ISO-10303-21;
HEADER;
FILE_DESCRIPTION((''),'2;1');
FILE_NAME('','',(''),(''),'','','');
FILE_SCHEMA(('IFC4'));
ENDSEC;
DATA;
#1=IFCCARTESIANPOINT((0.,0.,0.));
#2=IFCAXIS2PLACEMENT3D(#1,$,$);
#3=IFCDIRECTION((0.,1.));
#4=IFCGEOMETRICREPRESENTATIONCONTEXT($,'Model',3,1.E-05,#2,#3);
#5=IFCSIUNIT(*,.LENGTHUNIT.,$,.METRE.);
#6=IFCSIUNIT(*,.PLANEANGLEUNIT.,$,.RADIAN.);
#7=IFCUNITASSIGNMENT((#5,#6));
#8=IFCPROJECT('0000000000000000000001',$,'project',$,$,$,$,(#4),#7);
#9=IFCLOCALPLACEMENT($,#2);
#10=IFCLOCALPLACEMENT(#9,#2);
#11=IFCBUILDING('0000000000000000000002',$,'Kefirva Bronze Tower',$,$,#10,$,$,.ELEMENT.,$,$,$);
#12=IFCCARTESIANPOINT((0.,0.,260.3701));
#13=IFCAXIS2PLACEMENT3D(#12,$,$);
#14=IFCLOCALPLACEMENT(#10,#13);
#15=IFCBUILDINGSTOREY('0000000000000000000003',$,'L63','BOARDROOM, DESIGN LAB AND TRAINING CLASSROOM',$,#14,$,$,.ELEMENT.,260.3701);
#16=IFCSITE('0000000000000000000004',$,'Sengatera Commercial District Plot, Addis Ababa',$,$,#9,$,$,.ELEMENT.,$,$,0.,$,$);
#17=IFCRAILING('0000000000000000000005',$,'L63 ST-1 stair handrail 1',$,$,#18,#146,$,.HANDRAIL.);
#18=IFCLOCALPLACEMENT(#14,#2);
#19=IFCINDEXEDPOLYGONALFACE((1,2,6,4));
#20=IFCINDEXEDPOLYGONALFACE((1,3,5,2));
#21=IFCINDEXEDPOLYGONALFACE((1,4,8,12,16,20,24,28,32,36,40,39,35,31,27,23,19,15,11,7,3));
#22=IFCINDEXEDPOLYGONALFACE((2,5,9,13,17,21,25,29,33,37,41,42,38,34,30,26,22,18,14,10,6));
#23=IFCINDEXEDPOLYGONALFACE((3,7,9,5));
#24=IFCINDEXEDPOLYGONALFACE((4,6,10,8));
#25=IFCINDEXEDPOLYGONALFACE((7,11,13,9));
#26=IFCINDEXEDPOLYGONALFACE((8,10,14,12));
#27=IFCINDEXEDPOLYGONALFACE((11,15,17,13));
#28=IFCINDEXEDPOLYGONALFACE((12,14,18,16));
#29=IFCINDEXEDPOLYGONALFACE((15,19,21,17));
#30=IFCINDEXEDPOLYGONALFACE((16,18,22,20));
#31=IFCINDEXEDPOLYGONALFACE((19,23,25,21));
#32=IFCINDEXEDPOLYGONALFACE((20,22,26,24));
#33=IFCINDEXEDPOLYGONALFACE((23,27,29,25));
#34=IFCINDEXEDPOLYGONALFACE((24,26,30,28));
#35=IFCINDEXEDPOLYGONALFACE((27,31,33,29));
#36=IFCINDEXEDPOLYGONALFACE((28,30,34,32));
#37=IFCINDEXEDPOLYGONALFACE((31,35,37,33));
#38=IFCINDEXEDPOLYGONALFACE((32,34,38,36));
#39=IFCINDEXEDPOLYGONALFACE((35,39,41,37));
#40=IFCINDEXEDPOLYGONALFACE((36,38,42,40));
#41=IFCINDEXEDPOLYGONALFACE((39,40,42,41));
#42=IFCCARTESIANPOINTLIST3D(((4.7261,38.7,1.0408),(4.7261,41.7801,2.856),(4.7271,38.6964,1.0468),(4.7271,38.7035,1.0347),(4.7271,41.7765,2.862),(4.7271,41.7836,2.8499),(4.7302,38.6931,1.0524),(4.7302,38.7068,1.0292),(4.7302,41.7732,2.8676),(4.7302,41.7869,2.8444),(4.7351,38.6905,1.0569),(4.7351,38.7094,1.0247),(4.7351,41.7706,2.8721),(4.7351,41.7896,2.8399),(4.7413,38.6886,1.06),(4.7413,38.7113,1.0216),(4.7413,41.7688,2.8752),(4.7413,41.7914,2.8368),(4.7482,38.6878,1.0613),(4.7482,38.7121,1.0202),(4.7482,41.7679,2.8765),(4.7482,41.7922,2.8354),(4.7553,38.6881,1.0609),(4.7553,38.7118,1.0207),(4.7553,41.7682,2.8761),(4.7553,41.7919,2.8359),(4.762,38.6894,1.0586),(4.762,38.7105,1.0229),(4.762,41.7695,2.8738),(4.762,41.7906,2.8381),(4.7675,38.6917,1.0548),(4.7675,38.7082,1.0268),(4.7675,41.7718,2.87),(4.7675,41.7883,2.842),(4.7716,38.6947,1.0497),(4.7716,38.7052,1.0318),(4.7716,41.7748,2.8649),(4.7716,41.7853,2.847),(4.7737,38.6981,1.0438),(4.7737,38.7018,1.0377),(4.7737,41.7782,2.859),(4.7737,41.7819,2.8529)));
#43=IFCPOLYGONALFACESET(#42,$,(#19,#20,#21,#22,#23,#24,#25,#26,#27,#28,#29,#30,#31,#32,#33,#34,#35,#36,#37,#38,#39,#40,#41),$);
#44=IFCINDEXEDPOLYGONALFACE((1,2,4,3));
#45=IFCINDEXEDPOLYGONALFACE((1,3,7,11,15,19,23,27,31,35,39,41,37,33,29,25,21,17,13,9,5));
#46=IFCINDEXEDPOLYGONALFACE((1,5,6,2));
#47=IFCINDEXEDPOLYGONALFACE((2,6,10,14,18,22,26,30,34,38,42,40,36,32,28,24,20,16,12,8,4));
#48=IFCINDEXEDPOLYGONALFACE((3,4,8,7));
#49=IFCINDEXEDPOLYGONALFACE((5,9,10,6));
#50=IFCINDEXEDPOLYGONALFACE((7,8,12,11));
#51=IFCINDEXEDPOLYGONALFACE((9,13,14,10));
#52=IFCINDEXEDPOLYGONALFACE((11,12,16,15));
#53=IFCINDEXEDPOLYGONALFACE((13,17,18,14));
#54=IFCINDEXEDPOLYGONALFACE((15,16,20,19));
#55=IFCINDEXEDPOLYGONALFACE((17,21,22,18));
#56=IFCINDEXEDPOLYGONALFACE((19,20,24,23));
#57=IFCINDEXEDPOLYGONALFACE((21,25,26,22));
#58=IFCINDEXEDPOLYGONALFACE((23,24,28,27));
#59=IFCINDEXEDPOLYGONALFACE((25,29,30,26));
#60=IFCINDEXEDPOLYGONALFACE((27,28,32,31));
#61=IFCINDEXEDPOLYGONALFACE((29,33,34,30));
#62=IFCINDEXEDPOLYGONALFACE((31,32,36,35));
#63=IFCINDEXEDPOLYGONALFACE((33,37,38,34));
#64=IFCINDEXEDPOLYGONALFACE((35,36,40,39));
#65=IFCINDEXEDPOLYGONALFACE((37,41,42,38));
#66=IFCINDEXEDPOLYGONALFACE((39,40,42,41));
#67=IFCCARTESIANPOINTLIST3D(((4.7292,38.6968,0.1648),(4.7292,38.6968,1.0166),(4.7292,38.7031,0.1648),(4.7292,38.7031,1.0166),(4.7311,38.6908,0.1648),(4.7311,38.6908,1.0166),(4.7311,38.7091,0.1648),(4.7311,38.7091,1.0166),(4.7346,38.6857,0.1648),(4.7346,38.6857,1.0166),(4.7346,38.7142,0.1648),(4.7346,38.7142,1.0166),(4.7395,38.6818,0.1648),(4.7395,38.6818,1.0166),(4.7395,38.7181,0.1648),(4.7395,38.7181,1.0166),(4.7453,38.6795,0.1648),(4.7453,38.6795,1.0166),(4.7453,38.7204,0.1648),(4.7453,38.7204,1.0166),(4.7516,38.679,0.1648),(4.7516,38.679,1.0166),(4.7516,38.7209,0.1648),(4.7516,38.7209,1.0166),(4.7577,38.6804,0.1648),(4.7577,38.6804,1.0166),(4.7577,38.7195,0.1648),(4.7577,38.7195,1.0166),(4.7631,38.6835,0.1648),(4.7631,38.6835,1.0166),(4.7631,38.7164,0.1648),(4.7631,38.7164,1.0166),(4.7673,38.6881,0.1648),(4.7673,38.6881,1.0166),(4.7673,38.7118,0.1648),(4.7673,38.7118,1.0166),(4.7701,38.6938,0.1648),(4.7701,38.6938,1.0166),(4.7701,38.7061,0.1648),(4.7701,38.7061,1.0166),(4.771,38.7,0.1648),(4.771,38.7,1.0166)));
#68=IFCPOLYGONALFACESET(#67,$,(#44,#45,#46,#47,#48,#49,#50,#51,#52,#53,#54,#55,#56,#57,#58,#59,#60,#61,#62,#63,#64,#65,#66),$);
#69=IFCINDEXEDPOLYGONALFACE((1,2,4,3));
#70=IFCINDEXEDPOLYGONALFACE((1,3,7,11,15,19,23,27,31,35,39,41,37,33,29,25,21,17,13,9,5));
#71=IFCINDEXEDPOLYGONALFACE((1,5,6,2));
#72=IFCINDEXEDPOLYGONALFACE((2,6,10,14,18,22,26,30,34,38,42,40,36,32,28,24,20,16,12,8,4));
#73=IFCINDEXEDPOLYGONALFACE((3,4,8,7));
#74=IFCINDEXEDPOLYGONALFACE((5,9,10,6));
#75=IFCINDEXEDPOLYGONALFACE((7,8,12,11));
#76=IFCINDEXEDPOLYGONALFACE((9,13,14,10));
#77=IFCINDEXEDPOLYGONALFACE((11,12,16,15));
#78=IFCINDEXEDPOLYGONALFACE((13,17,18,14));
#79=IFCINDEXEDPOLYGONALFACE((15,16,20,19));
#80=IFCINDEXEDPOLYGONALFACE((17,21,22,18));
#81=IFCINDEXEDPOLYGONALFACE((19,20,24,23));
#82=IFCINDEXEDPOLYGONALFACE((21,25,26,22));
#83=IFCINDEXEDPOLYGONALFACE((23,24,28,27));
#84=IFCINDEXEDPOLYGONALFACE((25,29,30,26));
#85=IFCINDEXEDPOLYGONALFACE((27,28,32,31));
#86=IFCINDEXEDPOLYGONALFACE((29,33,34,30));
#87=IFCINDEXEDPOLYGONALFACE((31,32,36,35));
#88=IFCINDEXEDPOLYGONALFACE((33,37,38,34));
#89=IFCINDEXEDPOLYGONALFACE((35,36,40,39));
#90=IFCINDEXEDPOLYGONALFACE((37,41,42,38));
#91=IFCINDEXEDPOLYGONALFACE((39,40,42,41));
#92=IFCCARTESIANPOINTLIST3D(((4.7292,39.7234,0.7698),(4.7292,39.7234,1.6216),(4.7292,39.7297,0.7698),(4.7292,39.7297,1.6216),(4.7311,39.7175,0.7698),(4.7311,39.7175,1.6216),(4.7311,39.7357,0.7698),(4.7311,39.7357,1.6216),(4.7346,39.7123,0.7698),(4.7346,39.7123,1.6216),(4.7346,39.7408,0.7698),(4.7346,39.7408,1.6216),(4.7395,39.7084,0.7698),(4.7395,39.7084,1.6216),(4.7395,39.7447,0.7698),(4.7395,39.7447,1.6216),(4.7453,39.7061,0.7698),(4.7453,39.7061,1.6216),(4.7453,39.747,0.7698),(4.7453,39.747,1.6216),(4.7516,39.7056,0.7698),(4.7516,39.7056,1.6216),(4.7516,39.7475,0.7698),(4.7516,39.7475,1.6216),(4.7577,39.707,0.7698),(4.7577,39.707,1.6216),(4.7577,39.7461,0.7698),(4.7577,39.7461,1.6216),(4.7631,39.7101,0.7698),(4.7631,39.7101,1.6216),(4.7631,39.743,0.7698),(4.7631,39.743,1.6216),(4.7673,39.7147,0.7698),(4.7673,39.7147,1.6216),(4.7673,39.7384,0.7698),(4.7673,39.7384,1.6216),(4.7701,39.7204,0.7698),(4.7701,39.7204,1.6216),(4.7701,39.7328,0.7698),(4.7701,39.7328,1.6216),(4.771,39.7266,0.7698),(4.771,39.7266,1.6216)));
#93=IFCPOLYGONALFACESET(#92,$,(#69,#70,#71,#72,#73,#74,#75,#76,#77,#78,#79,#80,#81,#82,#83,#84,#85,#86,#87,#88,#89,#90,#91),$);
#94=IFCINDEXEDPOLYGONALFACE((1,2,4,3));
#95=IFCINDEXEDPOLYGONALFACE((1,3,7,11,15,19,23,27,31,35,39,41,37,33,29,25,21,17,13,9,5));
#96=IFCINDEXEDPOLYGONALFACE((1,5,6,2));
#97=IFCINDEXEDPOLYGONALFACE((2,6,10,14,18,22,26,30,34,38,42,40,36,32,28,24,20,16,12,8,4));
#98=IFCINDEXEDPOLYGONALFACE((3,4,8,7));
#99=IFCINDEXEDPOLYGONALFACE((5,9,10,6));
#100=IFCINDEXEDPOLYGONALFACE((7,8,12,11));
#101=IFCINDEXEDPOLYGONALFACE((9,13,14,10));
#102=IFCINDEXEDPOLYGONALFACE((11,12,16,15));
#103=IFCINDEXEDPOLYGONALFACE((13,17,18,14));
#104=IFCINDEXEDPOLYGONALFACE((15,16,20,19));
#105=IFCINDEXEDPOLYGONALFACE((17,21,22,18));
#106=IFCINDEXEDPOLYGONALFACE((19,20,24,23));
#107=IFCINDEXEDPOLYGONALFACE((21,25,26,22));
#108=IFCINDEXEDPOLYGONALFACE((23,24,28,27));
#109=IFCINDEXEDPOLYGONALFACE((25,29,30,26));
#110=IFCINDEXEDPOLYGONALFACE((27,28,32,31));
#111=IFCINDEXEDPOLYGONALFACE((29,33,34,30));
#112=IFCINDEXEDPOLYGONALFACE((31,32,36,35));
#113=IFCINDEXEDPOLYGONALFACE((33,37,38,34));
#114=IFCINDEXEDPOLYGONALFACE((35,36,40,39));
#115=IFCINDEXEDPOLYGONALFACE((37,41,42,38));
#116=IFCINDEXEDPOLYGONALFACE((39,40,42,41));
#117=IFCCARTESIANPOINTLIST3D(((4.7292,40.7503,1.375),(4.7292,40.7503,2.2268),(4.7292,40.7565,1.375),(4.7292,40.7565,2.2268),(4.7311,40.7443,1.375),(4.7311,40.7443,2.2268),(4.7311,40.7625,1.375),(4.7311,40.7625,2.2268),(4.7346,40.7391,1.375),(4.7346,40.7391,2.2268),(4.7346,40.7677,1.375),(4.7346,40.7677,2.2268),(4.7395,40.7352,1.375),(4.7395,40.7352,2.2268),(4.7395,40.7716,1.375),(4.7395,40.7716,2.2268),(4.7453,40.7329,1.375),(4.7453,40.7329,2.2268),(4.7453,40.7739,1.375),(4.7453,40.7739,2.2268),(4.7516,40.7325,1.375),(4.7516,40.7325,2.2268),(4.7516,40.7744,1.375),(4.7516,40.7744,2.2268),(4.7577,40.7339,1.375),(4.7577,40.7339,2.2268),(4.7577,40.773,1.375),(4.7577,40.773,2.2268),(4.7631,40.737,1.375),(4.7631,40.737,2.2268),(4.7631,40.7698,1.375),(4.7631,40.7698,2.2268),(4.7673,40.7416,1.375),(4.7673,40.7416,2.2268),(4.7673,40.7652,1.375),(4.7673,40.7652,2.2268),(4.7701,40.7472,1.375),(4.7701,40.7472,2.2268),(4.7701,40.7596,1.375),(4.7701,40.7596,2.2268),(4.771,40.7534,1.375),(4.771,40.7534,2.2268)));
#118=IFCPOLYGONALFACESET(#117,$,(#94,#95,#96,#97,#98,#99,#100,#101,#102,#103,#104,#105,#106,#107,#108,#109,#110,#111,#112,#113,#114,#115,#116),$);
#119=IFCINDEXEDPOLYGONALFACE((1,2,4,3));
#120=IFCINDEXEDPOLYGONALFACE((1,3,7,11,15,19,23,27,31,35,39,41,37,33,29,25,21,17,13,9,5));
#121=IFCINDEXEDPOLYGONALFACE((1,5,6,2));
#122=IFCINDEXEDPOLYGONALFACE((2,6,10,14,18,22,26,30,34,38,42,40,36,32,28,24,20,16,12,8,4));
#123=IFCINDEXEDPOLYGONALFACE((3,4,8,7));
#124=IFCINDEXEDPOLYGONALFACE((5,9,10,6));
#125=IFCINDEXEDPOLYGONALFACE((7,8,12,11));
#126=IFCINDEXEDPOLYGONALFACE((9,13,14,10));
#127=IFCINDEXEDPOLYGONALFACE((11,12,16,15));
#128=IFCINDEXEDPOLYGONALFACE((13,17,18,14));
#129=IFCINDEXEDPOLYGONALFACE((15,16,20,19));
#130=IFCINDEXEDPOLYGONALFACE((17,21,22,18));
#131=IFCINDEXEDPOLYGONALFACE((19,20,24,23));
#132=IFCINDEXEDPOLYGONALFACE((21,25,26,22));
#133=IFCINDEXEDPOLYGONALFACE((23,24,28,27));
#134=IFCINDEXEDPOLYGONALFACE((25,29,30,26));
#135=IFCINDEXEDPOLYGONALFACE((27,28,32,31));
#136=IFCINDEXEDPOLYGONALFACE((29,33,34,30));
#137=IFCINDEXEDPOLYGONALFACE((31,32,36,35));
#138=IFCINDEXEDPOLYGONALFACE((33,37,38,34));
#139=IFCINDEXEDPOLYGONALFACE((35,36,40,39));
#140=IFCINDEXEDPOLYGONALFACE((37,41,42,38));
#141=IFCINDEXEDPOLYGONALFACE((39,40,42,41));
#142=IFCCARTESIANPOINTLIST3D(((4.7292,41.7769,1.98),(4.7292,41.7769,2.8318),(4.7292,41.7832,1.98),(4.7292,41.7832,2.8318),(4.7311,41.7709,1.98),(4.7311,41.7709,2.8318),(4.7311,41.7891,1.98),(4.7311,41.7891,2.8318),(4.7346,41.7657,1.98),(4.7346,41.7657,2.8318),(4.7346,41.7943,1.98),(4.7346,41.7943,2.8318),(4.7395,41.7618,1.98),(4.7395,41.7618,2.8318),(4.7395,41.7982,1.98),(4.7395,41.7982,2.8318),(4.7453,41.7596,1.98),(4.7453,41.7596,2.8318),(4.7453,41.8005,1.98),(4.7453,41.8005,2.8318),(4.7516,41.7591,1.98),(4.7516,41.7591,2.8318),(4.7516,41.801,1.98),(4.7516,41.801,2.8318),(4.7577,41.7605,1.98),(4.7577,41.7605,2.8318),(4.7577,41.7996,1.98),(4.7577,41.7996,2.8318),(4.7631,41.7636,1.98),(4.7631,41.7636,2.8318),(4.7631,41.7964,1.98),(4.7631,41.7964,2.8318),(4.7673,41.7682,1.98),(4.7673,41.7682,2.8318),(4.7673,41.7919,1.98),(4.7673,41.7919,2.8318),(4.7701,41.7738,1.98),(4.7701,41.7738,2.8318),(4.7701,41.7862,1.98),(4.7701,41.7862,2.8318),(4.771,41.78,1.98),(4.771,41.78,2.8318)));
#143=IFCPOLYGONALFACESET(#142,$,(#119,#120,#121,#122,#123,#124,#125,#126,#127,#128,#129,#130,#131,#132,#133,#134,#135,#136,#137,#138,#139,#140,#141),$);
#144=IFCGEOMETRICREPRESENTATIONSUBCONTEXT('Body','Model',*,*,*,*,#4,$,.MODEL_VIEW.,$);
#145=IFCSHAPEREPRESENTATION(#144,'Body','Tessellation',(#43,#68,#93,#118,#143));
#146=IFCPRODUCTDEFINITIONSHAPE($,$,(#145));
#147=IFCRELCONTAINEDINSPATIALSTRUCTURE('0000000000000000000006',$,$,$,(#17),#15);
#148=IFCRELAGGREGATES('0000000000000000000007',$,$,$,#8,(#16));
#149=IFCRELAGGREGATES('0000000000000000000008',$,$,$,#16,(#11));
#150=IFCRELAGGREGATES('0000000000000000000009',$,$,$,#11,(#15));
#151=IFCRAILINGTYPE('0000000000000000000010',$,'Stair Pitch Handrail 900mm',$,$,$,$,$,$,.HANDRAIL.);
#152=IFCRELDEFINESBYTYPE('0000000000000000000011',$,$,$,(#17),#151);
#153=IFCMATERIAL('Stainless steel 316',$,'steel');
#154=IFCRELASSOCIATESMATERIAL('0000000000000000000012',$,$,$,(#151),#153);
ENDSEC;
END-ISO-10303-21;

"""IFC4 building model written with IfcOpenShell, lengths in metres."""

from ifc_helpers import new_model, si_unit, direction, frame, origin, origin_2d, place, context, subcontext, project, spatial, circle, extrude, material, type_object, element, save


model = new_model("IFC4")

# Units and contexts
model_context = context("Model", 3, precision=1e-05, world=origin(), true_north=direction((0.0, 1.0)))
body_context = subcontext(model_context, "Body", "Model", "MODEL_VIEW")
ifc_project = project(units=[si_unit("LENGTHUNIT", "METRE"), si_unit("PLANEANGLEUNIT", "RADIAN")], contexts=[model_context])

# Site, building, storey
site_placement = place(None, origin())
site = spatial("IfcSite", under=ifc_project, at=site_placement, Name="Sengatera Commercial District Plot, Addis Ababa", CompositionType="ELEMENT", RefElevation=0.0)
building_placement = place(site_placement, origin())
building = spatial("IfcBuilding", under=site, at=building_placement, Name="Kefirva Bronze Tower", CompositionType="ELEMENT")
storey_placement = place(building_placement, frame((0.0, 0.0, 260.3701)))
storey = spatial("IfcBuildingStorey", under=building, at=storey_placement, Name="L63", Description="BOARDROOM, DESIGN LAB AND TRAINING CLASSROOM", CompositionType="ELEMENT", Elevation=260.3701)

# Railing
ifc_material_1 = material(Name="Stainless steel 316", Category="steel")
railing_type_1 = type_object("IfcRailingType", Name="Stair Pitch Handrail 900mm", PredefinedType="HANDRAIL", material=ifc_material_1)
railing_1_placement = place(storey_placement, frame((4.75, 38.7, 0.1648)))
element("IfcRailing", 1, at=railing_1_placement, inside=storey, type_object=railing_type_1, Name="L63 ST-1 stair handrail 1", PredefinedType="HANDRAIL", context=body_context, shape_type="SweptSolid", body=[
    extrude(circle(Radius=0.0239, at=origin_2d()), frame((0.0, 0.0, 0.876), z_axis=(0.0, 0.861521, 0.507721), x_axis=(-1.0, 0.0, 0.0)), (0.0, 0.0, 1.0), 3.5752),
    extrude(circle(Radius=0.021, at=origin_2d()), origin(), (0.0, 0.0, 1.0), 0.8518),
    extrude(circle(Radius=0.021, at=origin_2d()), frame((0.0, 1.0266, 0.605)), (0.0, 0.0, 1.0), 0.8518),
    extrude(circle(Radius=0.021, at=origin_2d()), frame((0.0, 2.0535, 1.2102)), (0.0, 0.0, 1.0), 0.8518),
    extrude(circle(Radius=0.021, at=origin_2d()), frame((0.0, 3.0801, 1.8152)), (0.0, 0.0, 1.0), 0.8518),
])

save(model, "model.ifc")
